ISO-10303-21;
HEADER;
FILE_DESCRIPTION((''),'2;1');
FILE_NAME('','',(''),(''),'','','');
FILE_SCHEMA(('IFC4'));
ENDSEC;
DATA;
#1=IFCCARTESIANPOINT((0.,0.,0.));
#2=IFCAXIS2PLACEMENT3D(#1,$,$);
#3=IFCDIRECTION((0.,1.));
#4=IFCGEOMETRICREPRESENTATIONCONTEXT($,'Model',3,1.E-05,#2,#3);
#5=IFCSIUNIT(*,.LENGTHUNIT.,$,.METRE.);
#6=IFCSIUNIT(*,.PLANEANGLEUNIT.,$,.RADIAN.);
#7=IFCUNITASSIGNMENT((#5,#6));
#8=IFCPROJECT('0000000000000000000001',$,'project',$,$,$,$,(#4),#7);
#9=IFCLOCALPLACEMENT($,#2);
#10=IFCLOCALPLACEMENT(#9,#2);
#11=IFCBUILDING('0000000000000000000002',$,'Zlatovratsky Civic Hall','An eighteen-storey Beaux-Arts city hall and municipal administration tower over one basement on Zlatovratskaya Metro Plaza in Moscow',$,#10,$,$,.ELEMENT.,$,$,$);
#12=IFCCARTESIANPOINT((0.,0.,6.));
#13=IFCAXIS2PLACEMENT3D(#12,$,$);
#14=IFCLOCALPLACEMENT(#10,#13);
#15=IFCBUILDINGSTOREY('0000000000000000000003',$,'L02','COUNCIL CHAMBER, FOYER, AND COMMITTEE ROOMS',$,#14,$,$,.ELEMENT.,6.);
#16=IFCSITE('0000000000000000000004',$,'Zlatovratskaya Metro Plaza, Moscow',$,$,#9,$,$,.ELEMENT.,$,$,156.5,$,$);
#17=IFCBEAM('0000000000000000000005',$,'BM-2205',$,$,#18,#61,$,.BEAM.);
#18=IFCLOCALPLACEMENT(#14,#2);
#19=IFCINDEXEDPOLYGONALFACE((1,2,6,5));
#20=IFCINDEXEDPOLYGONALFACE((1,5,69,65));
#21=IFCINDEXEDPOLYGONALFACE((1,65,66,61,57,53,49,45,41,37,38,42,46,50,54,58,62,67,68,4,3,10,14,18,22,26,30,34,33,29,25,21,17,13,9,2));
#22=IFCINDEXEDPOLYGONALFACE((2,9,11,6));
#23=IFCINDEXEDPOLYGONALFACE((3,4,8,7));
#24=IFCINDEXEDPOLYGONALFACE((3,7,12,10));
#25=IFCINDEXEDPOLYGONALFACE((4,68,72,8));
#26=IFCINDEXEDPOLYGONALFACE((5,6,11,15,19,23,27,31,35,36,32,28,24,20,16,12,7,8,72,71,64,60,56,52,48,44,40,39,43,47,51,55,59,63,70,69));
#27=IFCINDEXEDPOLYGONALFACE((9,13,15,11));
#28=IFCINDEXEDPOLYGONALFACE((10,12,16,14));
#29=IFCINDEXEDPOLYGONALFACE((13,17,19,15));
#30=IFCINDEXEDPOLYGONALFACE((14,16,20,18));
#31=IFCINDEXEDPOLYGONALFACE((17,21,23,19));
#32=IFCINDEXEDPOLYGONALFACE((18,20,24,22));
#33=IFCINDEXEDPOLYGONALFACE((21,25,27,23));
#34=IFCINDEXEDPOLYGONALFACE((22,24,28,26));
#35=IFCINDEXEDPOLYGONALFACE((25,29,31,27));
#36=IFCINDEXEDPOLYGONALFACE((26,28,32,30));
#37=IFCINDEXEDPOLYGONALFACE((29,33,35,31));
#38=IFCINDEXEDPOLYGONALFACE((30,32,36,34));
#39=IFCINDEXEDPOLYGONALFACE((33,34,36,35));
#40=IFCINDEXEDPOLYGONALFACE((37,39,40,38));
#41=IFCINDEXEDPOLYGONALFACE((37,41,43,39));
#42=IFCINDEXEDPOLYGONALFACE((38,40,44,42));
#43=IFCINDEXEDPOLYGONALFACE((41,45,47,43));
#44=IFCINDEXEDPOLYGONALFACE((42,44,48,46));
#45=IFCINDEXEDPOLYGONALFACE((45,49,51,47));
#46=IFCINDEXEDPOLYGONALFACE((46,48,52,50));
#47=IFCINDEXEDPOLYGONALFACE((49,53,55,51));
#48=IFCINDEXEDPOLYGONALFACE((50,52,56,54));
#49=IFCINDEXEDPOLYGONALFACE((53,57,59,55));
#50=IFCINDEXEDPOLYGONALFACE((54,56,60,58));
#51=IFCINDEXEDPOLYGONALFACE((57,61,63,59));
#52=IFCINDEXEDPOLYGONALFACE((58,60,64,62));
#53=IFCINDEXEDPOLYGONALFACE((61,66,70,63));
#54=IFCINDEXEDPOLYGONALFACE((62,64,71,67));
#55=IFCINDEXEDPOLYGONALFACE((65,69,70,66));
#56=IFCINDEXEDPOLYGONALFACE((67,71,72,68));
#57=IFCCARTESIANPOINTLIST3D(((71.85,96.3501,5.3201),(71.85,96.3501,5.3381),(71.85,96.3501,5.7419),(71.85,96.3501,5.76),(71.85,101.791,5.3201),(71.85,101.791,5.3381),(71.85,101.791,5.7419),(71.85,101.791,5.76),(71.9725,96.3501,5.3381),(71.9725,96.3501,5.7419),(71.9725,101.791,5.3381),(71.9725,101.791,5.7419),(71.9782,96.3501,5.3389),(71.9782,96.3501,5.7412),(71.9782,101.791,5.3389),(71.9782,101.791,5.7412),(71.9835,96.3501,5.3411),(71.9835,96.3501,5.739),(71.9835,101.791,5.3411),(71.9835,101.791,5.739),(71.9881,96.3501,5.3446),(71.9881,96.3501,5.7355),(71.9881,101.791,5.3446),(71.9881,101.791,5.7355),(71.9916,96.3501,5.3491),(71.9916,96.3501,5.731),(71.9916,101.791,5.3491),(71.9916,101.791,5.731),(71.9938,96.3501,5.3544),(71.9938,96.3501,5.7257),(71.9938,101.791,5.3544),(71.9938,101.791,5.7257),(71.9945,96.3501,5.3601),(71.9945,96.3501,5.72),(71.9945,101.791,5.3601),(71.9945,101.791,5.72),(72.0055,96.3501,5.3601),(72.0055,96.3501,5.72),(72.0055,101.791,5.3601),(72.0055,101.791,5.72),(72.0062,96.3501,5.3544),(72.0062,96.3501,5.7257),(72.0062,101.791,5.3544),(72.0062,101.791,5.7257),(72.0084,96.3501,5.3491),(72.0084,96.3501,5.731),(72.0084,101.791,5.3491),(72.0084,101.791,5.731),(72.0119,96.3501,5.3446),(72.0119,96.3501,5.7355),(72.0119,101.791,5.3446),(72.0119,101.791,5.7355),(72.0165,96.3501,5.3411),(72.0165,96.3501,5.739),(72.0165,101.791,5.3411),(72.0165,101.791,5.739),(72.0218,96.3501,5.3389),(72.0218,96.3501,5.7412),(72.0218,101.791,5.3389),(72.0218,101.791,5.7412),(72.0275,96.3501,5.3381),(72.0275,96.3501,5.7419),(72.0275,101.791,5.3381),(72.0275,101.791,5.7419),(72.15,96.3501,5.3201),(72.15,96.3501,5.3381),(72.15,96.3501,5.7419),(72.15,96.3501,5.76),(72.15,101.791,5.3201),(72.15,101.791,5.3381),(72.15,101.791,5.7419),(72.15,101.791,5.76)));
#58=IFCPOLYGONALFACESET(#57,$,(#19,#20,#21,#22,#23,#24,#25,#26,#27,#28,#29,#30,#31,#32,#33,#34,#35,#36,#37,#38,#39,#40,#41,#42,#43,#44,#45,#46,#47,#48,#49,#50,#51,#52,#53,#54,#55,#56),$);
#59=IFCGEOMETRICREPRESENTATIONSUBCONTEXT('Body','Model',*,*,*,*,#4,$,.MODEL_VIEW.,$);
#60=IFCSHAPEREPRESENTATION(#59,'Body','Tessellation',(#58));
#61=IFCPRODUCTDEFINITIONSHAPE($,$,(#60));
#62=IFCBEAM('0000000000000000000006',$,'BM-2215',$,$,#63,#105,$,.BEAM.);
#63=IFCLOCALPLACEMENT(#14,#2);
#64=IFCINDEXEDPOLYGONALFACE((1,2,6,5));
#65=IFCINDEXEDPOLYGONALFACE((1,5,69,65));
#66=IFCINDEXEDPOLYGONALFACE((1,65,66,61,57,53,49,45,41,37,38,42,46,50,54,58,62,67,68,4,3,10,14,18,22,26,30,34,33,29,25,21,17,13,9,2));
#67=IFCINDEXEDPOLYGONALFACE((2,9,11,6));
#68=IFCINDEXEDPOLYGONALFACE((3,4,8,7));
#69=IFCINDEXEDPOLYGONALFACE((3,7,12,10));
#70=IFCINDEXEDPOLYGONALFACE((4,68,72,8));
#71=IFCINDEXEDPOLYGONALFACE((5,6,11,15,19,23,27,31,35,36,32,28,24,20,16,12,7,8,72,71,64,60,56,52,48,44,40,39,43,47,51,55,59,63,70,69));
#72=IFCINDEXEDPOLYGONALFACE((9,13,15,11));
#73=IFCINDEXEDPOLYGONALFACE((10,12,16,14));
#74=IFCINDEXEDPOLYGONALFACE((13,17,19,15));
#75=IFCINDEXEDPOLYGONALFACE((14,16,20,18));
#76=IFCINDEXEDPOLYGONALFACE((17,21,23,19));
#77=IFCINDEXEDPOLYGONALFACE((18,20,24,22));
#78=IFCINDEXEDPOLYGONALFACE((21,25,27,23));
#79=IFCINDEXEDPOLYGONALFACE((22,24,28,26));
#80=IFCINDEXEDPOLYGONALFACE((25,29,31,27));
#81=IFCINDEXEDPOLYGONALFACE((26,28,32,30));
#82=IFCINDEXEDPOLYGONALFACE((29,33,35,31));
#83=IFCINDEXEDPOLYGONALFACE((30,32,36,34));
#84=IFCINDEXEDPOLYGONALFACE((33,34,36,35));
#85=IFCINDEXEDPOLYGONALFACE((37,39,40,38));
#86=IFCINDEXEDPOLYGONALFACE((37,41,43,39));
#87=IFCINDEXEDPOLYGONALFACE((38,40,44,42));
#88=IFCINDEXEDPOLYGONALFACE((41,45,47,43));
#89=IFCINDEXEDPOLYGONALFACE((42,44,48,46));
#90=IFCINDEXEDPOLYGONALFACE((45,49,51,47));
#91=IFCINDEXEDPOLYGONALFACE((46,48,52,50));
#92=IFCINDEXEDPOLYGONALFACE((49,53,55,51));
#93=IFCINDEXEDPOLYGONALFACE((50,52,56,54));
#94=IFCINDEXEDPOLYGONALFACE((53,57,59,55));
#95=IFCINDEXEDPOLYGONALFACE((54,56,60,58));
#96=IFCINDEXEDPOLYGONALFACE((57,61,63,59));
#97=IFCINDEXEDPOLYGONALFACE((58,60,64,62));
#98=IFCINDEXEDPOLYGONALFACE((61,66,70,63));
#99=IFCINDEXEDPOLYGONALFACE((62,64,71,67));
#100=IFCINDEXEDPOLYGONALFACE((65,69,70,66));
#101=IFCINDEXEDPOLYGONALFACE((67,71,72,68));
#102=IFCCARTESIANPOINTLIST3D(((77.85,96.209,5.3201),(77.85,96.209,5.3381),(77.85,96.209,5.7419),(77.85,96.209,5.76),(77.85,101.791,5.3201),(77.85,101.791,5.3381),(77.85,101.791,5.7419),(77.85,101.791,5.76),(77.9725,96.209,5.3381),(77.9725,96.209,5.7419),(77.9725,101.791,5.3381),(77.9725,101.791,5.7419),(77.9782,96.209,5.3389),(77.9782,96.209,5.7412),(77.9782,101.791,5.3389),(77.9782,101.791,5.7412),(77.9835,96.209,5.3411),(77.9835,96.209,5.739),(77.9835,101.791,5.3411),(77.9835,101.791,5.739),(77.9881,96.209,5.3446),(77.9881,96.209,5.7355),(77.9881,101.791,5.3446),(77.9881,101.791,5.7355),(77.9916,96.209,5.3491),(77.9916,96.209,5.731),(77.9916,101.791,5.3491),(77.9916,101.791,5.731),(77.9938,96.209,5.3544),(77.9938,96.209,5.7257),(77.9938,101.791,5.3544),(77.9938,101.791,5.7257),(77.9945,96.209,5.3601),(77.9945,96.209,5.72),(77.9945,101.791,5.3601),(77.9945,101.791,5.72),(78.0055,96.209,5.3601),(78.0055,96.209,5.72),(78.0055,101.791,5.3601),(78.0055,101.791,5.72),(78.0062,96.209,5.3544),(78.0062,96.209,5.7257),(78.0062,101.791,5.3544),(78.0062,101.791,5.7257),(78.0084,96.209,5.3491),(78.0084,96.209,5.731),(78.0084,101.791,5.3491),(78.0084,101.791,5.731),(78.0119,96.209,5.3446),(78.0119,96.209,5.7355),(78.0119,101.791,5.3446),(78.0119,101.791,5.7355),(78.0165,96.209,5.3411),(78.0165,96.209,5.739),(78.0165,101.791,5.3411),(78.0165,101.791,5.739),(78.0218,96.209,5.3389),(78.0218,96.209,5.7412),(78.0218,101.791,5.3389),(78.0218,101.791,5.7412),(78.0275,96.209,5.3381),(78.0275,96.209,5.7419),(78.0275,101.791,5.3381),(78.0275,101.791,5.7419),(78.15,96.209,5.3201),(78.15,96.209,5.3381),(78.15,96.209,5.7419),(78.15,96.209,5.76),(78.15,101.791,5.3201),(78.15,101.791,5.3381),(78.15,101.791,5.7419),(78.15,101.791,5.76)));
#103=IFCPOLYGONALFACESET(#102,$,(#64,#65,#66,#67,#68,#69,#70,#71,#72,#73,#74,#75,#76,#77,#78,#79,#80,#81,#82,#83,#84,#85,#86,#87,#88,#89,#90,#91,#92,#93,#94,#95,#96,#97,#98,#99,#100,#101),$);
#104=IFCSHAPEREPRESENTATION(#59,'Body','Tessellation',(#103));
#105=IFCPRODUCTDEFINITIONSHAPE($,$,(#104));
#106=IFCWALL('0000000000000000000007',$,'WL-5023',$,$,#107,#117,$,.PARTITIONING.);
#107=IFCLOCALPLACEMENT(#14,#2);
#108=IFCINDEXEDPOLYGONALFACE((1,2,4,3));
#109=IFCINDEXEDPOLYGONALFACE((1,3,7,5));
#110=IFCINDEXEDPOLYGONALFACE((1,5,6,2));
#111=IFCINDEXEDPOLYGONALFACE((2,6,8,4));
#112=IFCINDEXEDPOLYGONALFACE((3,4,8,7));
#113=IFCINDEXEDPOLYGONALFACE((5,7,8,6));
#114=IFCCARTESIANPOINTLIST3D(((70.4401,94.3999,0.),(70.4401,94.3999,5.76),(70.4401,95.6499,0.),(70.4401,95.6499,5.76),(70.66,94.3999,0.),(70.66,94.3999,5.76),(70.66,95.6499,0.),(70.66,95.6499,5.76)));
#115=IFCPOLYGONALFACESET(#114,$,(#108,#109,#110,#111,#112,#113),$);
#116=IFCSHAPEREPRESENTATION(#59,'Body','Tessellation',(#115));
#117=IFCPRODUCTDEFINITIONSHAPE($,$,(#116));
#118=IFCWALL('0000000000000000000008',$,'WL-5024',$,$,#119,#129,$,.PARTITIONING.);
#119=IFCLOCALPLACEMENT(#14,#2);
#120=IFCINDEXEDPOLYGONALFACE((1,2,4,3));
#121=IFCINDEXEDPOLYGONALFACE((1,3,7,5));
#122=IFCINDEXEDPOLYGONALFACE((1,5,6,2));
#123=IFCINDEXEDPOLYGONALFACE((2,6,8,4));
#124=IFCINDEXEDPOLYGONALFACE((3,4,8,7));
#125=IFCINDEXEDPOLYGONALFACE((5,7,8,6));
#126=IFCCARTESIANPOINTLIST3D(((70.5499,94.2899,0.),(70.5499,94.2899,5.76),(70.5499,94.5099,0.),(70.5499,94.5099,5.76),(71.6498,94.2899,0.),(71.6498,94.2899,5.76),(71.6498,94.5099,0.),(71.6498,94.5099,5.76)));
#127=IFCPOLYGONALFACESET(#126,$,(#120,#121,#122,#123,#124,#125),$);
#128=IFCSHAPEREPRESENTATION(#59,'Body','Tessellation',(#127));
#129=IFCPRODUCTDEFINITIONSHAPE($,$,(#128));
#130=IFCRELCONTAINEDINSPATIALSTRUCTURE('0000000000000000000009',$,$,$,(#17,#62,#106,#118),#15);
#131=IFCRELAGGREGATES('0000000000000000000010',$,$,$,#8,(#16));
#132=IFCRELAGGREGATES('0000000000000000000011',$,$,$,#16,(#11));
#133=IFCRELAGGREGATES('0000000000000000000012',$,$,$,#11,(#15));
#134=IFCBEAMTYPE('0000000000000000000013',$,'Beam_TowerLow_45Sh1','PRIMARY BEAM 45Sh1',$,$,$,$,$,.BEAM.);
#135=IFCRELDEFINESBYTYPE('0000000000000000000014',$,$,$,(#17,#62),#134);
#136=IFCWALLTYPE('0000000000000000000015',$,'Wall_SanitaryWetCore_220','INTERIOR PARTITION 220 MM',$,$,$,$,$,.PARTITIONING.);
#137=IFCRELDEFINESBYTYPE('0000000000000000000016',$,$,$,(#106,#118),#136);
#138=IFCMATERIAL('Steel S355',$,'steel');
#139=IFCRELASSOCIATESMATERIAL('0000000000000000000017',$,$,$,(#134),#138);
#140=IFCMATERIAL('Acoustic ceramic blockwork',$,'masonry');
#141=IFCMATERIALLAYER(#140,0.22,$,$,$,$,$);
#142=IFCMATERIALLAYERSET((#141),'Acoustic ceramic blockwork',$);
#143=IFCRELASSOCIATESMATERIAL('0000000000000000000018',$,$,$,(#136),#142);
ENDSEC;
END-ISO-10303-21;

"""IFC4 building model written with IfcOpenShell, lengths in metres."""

from ifc_helpers import new_model, si_unit, direction, frame, frame_2d, origin, origin_2d, place, context, subcontext, project, spatial, rectangle, i_section, extrude, material, layer, layer_set, material_profile, profile_set, type_object, element, save


model = new_model("IFC4")

# Units and contexts
model_context = context("Model", 3, precision=1e-05, world=origin(), true_north=direction((0.0, 1.0)))
body_context = subcontext(model_context, "Body", "Model", "MODEL_VIEW")
ifc_project = project(units=[si_unit("LENGTHUNIT", "METRE"), si_unit("PLANEANGLEUNIT", "RADIAN")], contexts=[model_context])

# Site, building, storey
site_placement = place(None, origin())
site = spatial("IfcSite", under=ifc_project, at=site_placement, Name="Zlatovratskaya Metro Plaza, Moscow", CompositionType="ELEMENT", RefElevation=156.5)
building_placement = place(site_placement, origin())
building = spatial("IfcBuilding", under=site, at=building_placement, Name="Zlatovratsky Civic Hall", Description="An eighteen-storey Beaux-Arts city hall and municipal administration tower over one basement on Zlatovratskaya Metro Plaza in Moscow", CompositionType="ELEMENT")
storey_placement = place(building_placement, frame((0.0, 0.0, 6.0)))
storey = spatial("IfcBuildingStorey", under=building, at=storey_placement, Name="L02", Description="COUNCIL CHAMBER, FOYER, AND COMMITTEE ROOMS", CompositionType="ELEMENT", Elevation=6.0)

# Shared definitions
ifc_material_1 = material(Name="Steel S355", Category="steel")

# Beams
ifc_material_profile_1 = material_profile(ifc_material_1, i_section(OverallWidth=0.3, OverallDepth=0.4399, WebThickness=0.011, FlangeThickness=0.0181, FilletRadius=0.022, at=origin_2d()), Name="45Sh1")
ifc_profile_set_1 = profile_set([ifc_material_profile_1], Name="Steel S355")
beam_type = type_object("IfcBeamType", Name="Beam_TowerLow_45Sh1", Description="PRIMARY BEAM 45Sh1", PredefinedType="BEAM", material=ifc_profile_set_1)
beam_1_placement = place(storey_placement, frame((72.0, 96.3501, 5.54), z_axis=(0.0, 1.0, 0.0), x_axis=(-1.0, 0.0, 0.0)))
element("IfcBeam", 1, at=beam_1_placement, inside=storey, type_object=beam_type, Name="BM-2205", PredefinedType="BEAM", context=body_context, shape_type="SweptSolid", body=[
    extrude(i_section(OverallWidth=0.3, OverallDepth=0.4399, WebThickness=0.011, FlangeThickness=0.0181, FilletRadius=0.022, at=origin_2d()), origin(), (0.0, 0.0, 1.0), 5.4409),
])
beam_2_placement = place(storey_placement, frame((78.0, 96.209, 5.54), z_axis=(0.0, 1.0, 0.0), x_axis=(-1.0, 0.0, 0.0)))
element("IfcBeam", 2, at=beam_2_placement, inside=storey, type_object=beam_type, Name="BM-2215", PredefinedType="BEAM", context=body_context, shape_type="SweptSolid", body=[
    extrude(i_section(OverallWidth=0.3, OverallDepth=0.4399, WebThickness=0.011, FlangeThickness=0.0181, FilletRadius=0.022, at=origin_2d()), origin(), (0.0, 0.0, 1.0), 5.582),
])

# Walls
ifc_material_2 = material(Name="Acoustic ceramic blockwork", Category="masonry")
ifc_layer_1 = layer(ifc_material_2, 0.22)
ifc_layer_set_1 = layer_set([ifc_layer_1], Name="Acoustic ceramic blockwork")
wall_type_1 = type_object("IfcWallType", Name="Wall_SanitaryWetCore_220", Description="INTERIOR PARTITION 220 MM", PredefinedType="PARTITIONING", material=ifc_layer_set_1)
wall_1_placement = place(storey_placement, frame((70.55, 94.3999, 0.0), z_axis=(0.0, 0.0, 1.0), x_axis=(0.0, 1.0, 0.0)))
element("IfcWall", 3, at=wall_1_placement, inside=storey, type_object=wall_type_1, Name="WL-5023", PredefinedType="PARTITIONING", context=body_context, shape_type="SweptSolid", body=[
    extrude(rectangle(XDim=1.25, YDim=0.22, at=frame_2d((0.625, 0.0))), origin(), (0.0, 0.0, 1.0), 5.76),
])
wall_2_placement = place(storey_placement, frame((70.55, 94.3999, 0.0), z_axis=(0.0, 0.0, 1.0), x_axis=(1.0, 0.0, 0.0)))
element("IfcWall", 4, at=wall_2_placement, inside=storey, type_object=wall_type_1, Name="WL-5024", PredefinedType="PARTITIONING", context=body_context, shape_type="SweptSolid", body=[
    extrude(rectangle(XDim=1.0999, YDim=0.22, at=frame_2d((0.5498, 0.0))), origin(), (0.0, 0.0, 1.0), 5.76),
])

save(model, "model.ifc")
